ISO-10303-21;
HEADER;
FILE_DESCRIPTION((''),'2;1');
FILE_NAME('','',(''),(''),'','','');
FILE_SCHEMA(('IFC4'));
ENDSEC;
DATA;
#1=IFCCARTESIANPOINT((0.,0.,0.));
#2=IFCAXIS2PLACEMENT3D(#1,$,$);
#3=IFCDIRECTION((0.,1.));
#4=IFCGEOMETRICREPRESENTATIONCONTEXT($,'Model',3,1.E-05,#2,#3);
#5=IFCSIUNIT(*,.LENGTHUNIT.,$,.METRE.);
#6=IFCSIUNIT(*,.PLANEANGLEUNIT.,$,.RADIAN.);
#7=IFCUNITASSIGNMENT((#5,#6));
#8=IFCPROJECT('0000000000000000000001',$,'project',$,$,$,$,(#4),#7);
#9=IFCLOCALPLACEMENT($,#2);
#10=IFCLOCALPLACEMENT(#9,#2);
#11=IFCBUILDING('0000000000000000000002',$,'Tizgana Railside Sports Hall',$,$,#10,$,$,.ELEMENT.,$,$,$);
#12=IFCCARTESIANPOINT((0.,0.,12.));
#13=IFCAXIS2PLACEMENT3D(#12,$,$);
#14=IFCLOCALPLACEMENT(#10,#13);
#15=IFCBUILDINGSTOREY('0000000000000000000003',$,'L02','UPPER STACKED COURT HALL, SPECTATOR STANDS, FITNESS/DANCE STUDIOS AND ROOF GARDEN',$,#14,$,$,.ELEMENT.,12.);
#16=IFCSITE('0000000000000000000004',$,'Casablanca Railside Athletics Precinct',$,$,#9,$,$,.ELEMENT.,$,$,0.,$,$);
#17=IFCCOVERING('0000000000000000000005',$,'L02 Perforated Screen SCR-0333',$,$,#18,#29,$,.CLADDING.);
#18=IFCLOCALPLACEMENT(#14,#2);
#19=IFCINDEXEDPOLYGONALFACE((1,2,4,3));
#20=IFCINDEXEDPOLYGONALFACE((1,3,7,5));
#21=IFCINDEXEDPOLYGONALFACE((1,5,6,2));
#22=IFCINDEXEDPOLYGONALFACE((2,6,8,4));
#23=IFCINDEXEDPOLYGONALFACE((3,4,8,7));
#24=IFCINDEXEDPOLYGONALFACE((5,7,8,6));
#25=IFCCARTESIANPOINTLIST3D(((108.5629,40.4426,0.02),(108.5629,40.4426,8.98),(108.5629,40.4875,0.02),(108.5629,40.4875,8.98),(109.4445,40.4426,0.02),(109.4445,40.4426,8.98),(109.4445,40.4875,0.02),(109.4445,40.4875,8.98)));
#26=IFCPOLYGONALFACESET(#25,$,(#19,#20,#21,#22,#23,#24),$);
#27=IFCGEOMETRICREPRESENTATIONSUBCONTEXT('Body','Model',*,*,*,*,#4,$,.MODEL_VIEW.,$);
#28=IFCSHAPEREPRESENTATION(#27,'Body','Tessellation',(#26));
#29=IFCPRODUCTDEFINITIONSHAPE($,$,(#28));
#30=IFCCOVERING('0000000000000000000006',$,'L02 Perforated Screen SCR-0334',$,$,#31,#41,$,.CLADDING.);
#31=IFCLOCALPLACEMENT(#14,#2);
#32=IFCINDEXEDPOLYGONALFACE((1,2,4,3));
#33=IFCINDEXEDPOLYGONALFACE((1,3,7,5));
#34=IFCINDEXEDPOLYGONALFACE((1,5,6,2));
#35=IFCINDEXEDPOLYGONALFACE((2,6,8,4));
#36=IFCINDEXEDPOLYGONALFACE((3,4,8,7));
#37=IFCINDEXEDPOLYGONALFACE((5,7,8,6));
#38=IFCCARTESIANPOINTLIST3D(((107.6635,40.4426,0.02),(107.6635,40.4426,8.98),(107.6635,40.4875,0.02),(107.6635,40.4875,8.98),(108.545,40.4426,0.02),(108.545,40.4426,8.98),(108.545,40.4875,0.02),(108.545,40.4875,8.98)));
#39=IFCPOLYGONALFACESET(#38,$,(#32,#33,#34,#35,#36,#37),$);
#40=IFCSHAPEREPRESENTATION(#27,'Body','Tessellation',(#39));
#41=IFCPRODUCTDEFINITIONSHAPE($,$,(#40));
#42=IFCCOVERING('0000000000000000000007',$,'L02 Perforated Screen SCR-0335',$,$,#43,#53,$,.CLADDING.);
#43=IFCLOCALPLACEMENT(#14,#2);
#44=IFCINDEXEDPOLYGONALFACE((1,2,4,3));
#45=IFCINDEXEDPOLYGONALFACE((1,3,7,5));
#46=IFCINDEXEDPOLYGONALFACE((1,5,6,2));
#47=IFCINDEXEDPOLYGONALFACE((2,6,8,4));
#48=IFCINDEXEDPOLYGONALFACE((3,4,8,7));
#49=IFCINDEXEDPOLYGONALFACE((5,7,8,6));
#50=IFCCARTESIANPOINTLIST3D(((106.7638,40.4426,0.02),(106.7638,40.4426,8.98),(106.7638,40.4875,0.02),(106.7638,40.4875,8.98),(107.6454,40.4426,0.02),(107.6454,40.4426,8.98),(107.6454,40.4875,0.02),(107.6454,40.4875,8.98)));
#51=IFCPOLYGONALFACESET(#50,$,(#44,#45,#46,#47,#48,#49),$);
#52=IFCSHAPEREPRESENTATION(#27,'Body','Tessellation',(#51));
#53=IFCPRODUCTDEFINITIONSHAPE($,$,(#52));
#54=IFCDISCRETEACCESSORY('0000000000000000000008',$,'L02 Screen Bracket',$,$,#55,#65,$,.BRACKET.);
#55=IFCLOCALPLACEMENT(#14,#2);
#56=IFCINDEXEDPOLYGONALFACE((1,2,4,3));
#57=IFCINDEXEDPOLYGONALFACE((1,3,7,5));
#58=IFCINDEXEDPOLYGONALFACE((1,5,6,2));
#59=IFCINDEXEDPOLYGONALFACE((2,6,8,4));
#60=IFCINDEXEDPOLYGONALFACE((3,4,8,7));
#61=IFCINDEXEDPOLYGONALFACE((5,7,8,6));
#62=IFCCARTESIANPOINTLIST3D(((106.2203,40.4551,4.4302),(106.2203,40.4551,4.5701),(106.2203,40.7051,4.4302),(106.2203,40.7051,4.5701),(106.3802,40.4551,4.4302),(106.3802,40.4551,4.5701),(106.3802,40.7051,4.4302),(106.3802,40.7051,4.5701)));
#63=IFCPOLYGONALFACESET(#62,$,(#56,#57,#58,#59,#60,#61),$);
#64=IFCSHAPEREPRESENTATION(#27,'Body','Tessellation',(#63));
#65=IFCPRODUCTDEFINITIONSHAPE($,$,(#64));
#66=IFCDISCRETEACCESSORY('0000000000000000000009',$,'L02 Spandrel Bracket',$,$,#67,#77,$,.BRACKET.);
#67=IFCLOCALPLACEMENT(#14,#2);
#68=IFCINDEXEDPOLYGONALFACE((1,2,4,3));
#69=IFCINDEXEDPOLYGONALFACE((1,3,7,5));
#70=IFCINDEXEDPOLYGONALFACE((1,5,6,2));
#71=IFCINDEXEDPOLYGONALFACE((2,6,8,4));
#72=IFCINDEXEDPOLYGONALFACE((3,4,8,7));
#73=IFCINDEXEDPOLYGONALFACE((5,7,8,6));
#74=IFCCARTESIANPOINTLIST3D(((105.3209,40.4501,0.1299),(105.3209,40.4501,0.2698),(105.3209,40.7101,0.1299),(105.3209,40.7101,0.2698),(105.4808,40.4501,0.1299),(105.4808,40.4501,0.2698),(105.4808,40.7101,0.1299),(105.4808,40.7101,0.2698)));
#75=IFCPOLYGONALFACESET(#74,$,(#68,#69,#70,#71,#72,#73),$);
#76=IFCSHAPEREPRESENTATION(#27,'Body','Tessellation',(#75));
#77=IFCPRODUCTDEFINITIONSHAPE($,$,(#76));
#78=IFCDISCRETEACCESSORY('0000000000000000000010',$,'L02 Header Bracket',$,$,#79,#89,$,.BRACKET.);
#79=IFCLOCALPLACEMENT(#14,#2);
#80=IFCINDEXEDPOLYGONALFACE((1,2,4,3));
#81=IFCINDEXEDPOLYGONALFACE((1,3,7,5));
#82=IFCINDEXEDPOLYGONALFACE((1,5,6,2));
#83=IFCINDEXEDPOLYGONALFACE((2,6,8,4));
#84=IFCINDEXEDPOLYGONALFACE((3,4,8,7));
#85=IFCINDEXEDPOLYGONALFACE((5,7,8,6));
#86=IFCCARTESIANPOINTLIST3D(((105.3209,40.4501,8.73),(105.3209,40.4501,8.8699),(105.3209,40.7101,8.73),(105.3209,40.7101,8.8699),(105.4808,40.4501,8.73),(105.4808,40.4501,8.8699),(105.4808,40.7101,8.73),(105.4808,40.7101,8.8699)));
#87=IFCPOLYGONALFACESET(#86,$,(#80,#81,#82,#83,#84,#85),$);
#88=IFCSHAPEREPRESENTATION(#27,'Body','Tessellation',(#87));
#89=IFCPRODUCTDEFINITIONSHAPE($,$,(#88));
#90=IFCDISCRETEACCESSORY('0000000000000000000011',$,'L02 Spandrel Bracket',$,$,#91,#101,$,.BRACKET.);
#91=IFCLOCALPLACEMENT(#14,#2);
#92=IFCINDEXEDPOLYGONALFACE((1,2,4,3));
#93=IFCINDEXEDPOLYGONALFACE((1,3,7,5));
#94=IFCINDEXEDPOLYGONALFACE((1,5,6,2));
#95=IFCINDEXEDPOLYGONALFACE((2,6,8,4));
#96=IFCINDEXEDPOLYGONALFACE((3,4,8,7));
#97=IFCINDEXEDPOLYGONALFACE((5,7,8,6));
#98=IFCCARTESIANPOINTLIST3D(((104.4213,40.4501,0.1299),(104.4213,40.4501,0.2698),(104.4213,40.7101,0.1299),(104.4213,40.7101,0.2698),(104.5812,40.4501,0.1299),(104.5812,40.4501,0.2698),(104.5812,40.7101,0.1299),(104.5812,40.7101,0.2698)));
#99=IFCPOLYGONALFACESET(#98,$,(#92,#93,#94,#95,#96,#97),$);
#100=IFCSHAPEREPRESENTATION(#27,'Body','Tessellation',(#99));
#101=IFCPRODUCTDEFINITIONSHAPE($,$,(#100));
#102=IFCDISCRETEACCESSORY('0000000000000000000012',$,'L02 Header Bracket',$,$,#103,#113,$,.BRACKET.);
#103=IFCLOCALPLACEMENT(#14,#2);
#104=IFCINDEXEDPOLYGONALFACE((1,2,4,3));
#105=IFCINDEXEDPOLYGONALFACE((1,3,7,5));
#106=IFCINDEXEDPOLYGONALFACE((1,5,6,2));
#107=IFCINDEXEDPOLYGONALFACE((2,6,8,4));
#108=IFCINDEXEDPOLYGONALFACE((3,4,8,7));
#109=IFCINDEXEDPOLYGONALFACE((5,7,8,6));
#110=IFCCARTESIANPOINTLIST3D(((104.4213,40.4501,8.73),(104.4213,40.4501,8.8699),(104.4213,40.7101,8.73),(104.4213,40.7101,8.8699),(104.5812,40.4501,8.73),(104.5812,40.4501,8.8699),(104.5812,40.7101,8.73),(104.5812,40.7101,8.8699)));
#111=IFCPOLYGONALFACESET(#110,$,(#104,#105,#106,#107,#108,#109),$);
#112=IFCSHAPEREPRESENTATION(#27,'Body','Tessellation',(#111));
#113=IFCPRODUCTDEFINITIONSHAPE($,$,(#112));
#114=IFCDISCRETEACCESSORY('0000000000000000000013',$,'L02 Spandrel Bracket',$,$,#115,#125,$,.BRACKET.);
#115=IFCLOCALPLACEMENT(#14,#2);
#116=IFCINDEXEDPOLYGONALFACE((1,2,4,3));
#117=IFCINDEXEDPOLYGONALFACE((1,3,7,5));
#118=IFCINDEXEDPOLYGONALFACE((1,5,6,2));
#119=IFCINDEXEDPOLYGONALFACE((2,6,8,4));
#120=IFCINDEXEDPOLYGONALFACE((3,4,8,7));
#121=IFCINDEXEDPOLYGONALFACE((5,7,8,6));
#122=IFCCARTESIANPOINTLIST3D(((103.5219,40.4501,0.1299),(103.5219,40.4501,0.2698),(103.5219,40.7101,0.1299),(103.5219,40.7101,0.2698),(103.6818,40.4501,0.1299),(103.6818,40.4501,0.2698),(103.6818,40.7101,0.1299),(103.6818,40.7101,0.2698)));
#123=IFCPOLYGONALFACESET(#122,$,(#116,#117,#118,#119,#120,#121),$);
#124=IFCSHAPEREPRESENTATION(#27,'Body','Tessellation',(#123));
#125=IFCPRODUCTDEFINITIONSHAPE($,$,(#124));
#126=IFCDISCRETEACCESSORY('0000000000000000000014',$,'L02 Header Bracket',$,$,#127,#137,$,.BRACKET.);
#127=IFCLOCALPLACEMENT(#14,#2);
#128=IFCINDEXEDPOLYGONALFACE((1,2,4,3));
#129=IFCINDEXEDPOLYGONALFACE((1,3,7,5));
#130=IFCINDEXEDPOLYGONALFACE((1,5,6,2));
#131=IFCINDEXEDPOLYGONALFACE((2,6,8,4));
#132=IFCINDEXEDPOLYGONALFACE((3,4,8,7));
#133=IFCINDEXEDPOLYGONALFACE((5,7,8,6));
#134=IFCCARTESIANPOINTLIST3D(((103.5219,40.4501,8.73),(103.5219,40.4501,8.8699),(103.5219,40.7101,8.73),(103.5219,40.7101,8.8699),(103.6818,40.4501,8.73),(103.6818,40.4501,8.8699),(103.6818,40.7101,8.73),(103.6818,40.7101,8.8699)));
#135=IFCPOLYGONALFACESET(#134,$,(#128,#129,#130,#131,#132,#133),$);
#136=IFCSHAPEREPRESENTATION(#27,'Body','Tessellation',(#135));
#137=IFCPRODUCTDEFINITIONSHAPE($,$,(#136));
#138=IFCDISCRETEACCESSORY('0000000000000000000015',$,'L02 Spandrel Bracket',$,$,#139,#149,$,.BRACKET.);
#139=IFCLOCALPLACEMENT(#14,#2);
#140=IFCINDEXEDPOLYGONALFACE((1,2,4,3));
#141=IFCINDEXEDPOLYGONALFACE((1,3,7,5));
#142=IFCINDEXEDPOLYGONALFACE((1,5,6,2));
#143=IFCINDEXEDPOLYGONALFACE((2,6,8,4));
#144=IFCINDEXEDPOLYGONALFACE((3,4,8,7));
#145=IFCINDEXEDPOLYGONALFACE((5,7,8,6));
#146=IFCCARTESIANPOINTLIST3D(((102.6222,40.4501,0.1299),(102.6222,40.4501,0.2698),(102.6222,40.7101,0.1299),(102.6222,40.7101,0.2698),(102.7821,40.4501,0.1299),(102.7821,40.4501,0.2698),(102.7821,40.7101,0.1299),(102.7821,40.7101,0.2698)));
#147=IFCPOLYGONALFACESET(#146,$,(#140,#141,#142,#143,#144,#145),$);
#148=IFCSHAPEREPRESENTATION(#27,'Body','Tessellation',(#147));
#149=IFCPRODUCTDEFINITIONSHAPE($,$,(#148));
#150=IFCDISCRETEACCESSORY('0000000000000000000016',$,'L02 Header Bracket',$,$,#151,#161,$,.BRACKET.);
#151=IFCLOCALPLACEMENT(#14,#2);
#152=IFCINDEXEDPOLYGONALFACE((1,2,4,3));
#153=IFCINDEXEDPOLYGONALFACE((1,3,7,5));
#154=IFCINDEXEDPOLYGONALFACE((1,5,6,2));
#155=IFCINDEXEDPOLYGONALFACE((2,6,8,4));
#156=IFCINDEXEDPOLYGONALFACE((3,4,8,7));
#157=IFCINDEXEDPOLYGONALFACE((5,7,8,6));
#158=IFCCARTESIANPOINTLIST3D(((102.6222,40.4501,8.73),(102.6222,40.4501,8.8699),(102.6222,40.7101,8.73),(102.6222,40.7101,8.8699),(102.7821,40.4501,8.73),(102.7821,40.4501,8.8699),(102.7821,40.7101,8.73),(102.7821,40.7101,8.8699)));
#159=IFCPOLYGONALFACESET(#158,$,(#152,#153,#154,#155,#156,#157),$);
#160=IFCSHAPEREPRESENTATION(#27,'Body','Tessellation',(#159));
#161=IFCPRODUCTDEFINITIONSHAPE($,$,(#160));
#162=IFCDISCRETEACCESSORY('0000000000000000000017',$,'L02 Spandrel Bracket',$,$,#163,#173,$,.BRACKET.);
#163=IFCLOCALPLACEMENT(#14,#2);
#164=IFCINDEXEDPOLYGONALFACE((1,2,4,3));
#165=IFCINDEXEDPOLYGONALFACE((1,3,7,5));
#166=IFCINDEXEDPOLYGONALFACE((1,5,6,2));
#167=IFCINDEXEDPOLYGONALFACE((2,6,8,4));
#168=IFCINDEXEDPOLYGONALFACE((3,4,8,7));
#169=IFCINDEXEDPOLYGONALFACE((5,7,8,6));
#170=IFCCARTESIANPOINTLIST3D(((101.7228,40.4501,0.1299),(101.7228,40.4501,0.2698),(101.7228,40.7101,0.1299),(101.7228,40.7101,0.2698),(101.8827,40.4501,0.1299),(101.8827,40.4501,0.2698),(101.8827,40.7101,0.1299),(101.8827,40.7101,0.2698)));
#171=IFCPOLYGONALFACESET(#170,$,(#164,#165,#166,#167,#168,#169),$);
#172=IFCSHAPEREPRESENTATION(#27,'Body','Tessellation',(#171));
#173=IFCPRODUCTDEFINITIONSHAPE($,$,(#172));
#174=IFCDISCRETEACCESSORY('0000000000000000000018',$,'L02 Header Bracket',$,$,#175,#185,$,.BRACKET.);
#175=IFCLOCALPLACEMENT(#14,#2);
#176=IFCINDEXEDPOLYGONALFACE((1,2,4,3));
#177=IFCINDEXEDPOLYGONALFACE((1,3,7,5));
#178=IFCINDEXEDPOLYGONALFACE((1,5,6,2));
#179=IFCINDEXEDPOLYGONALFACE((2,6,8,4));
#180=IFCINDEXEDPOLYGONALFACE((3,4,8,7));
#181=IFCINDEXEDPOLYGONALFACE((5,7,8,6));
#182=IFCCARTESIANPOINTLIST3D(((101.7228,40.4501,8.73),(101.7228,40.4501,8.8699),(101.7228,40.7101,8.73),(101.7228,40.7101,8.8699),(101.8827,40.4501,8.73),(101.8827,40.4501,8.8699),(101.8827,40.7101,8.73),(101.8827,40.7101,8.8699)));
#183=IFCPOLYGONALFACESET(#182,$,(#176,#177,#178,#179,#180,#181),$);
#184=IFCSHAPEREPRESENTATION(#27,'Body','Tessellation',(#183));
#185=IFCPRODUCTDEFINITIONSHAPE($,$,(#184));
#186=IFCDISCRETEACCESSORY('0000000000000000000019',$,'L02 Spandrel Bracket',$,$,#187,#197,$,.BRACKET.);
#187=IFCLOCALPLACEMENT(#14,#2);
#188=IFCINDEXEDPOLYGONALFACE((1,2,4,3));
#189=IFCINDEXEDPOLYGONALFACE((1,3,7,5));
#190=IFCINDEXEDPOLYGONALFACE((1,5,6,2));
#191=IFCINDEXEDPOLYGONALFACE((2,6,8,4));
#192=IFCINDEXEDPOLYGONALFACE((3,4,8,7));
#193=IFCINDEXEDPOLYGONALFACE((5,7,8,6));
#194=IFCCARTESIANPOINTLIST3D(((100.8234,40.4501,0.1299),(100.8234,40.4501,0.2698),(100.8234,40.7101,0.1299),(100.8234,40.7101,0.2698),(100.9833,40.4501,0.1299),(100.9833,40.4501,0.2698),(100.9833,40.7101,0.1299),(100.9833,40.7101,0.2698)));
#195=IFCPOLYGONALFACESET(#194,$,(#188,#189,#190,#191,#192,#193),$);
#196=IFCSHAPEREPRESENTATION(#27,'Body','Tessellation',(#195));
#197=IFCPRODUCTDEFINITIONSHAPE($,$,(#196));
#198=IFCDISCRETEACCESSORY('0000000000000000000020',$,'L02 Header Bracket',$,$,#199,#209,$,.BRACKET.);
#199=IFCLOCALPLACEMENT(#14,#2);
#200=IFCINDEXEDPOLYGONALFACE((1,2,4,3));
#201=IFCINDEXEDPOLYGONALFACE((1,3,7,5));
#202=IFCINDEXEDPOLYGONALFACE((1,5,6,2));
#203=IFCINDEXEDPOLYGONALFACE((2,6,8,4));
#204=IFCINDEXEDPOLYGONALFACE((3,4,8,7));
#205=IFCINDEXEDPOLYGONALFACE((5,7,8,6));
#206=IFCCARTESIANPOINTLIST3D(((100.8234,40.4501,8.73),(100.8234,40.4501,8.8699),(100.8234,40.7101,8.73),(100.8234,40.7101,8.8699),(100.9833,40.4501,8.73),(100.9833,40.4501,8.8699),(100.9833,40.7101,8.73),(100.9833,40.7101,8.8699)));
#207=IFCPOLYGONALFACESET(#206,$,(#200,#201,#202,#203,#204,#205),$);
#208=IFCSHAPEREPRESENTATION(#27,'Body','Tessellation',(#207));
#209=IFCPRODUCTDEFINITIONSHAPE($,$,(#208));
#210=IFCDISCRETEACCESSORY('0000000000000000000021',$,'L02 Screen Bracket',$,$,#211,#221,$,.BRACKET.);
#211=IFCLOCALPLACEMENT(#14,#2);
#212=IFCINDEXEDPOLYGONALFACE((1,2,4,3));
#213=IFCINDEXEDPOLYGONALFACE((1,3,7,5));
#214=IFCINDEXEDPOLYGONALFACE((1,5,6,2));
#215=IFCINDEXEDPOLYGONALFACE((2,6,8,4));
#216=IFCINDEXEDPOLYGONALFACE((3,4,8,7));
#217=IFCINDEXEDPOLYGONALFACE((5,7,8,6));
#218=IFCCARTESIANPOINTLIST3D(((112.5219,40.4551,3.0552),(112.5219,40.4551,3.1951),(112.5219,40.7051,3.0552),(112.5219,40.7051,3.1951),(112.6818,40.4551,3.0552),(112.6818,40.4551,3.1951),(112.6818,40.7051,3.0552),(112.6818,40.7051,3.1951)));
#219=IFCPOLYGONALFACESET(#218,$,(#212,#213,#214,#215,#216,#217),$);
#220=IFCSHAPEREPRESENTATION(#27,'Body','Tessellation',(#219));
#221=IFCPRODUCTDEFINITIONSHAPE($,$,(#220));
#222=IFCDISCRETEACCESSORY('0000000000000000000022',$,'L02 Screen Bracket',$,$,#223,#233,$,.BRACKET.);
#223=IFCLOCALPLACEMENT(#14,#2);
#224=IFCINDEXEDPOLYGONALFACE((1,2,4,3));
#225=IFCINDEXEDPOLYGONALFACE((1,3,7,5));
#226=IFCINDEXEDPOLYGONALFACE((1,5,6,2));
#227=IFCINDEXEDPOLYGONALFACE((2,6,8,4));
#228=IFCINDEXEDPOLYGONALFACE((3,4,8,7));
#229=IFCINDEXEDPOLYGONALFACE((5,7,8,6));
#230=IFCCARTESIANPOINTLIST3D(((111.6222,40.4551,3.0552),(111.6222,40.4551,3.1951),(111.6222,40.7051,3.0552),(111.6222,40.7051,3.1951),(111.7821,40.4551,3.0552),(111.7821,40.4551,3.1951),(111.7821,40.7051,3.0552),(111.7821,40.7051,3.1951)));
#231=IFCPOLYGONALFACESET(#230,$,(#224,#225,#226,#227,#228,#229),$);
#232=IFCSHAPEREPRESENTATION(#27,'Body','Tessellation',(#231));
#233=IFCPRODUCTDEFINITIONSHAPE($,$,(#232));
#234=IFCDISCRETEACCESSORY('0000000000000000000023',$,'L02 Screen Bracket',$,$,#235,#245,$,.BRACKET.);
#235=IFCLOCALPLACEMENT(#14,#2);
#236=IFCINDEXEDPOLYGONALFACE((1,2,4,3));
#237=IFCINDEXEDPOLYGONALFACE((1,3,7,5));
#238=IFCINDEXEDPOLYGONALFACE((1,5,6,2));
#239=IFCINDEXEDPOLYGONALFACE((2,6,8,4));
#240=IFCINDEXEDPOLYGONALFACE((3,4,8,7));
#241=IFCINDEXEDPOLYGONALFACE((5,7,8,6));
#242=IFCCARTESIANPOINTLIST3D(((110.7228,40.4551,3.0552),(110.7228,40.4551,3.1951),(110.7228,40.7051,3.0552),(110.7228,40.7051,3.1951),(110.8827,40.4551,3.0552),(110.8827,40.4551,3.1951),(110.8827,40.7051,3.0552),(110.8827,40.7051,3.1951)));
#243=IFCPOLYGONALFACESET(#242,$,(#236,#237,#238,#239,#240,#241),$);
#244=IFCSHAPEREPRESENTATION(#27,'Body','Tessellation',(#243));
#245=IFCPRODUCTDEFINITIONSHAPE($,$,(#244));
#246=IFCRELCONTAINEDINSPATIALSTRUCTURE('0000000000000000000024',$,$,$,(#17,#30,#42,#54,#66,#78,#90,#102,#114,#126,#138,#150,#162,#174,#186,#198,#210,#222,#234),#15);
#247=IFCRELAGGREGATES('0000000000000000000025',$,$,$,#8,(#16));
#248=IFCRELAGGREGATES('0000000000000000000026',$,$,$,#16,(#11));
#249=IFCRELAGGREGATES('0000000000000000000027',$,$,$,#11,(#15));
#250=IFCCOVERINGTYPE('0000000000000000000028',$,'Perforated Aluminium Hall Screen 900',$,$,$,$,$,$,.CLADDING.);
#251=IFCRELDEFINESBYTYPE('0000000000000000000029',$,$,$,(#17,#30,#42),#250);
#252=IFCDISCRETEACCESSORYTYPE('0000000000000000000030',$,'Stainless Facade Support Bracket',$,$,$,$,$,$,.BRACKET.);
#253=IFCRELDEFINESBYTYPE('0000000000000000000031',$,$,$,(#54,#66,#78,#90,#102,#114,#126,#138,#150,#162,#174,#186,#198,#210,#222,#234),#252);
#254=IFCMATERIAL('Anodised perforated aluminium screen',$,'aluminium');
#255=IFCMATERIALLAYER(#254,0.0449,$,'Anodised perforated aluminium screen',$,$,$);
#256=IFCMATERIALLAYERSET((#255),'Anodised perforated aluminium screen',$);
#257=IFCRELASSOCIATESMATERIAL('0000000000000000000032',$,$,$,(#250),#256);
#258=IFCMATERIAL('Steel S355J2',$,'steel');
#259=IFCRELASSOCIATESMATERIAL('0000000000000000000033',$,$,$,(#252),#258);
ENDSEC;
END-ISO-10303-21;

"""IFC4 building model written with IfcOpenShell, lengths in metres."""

from ifc_helpers import new_model, si_unit, direction, frame, origin, origin_2d, place, context, subcontext, project, spatial, rectangle, extrude, material, layer, layer_set, type_object, element, save


model = new_model("IFC4")

# Units and contexts
model_context = context("Model", 3, precision=1e-05, world=origin(), true_north=direction((0.0, 1.0)))
body_context = subcontext(model_context, "Body", "Model", "MODEL_VIEW")
ifc_project = project(units=[si_unit("LENGTHUNIT", "METRE"), si_unit("PLANEANGLEUNIT", "RADIAN")], contexts=[model_context])

# Site, building, storey
site_placement = place(None, origin())
site = spatial("IfcSite", under=ifc_project, at=site_placement, Name="Casablanca Railside Athletics Precinct", CompositionType="ELEMENT", RefElevation=0.0)
building_placement = place(site_placement, origin())
building = spatial("IfcBuilding", under=site, at=building_placement, Name="Tizgana Railside Sports Hall", CompositionType="ELEMENT")
storey_placement = place(building_placement, frame((0.0, 0.0, 12.0)))
storey = spatial("IfcBuildingStorey", under=building, at=storey_placement, Name="L02", Description="UPPER STACKED COURT HALL, SPECTATOR STANDS, FITNESS/DANCE STUDIOS AND ROOF GARDEN", CompositionType="ELEMENT", Elevation=12.0)

# Coverings
ifc_material_1 = material(Name="Anodised perforated aluminium screen", Category="aluminium")
ifc_layer = layer(ifc_material_1, 0.0449, Name="Anodised perforated aluminium screen")
ifc_layer_set = layer_set([ifc_layer], Name="Anodised perforated aluminium screen")
covering_type = type_object("IfcCoveringType", Name="Perforated Aluminium Hall Screen 900", PredefinedType="CLADDING", material=ifc_layer_set)
for number, where, z_axis, x_axis, name in (
    (1, (109.0037, 40.4651, 0.02), (0.0, 0.0, 1.0), (-1.0, 0.0, 0.0), "L02 Perforated Screen SCR-0333"),
    (2, (108.1042, 40.4651, 0.02), (0.0, 0.0, 1.0), (-1.0, 0.0, 0.0), "L02 Perforated Screen SCR-0334"),
    (3, (107.2046, 40.4651, 0.02), (0.0, 0.0, 1.0), (-1.0, 0.0, 0.0), "L02 Perforated Screen SCR-0335"),
):
    element("IfcCovering", number, at=place(storey_placement, frame(where, z_axis=z_axis, x_axis=x_axis)), inside=storey, type_object=covering_type, Name=name, PredefinedType="CLADDING", context=body_context, shape_type="SweptSolid", body=[
        extrude(rectangle(XDim=0.8816, YDim=0.0449, at=origin_2d()), origin(), (0.0, 0.0, 1.0), 8.96),
    ])

# Discrete accessories
ifc_material_2 = material(Name="Steel S355J2", Category="steel")
discrete_accessory_type = type_object("IfcDiscreteAccessoryType", Name="Stainless Facade Support Bracket", PredefinedType="BRACKET", material=ifc_material_2)
discrete_accessory_placement = place(storey_placement, frame((106.3003, 40.5801, 4.4302), z_axis=(0.0, 0.0, 1.0), x_axis=(-1.0, 0.0, 0.0)))
element("IfcDiscreteAccessory", 4, at=discrete_accessory_placement, inside=storey, type_object=discrete_accessory_type, Name="L02 Screen Bracket", PredefinedType="BRACKET", context=body_context, shape_type="SweptSolid", body=[
    extrude(rectangle(XDim=0.1599, YDim=0.25, at=origin_2d()), origin(), (0.0, 0.0, 1.0), 0.1399),
])
for number, where, z_axis, x_axis, name in (
    (5, (105.4009, 40.5801, 0.1299), (0.0, 0.0, 1.0), (-1.0, 0.0, 0.0), "L02 Spandrel Bracket"),
    (6, (105.4009, 40.5801, 8.73), (0.0, 0.0, 1.0), (-1.0, 0.0, 0.0), "L02 Header Bracket"),
    (7, (104.5012, 40.5801, 0.1299), (0.0, 0.0, 1.0), (-1.0, 0.0, 0.0), "L02 Spandrel Bracket"),
    (8, (104.5012, 40.5801, 8.73), (0.0, 0.0, 1.0), (-1.0, 0.0, 0.0), "L02 Header Bracket"),
    (9, (103.6018, 40.5801, 0.1299), (0.0, 0.0, 1.0), (-1.0, 0.0, 0.0), "L02 Spandrel Bracket"),
    (10, (103.6018, 40.5801, 8.73), (0.0, 0.0, 1.0), (-1.0, 0.0, 0.0), "L02 Header Bracket"),
    (11, (102.7021, 40.5801, 0.1299), (0.0, 0.0, 1.0), (-1.0, 0.0, 0.0), "L02 Spandrel Bracket"),
    (12, (102.7021, 40.5801, 8.73), (0.0, 0.0, 1.0), (-1.0, 0.0, 0.0), "L02 Header Bracket"),
    (13, (101.8027, 40.5801, 0.1299), (0.0, 0.0, 1.0), (-1.0, 0.0, 0.0), "L02 Spandrel Bracket"),
    (14, (101.8027, 40.5801, 8.73), (0.0, 0.0, 1.0), (-1.0, 0.0, 0.0), "L02 Header Bracket"),
    (15, (100.9033, 40.5801, 0.1299), (0.0, 0.0, 1.0), (-1.0, 0.0, 0.0), "L02 Spandrel Bracket"),
    (16, (100.9033, 40.5801, 8.73), (0.0, 0.0, 1.0), (-1.0, 0.0, 0.0), "L02 Header Bracket"),
):
    element("IfcDiscreteAccessory", number, at=place(storey_placement, frame(where, z_axis=z_axis, x_axis=x_axis)), inside=storey, type_object=discrete_accessory_type, Name=name, PredefinedType="BRACKET", context=body_context, shape_type="SweptSolid", body=[
        extrude(rectangle(XDim=0.1599, YDim=0.26, at=origin_2d()), origin(), (0.0, 0.0, 1.0), 0.1399),
    ])
for number, where, z_axis, x_axis, name in (
    (17, (112.6018, 40.5801, 3.0552), (0.0, 0.0, 1.0), (-1.0, 0.0, 0.0), "L02 Screen Bracket"),
    (18, (111.7021, 40.5801, 3.0552), (0.0, 0.0, 1.0), (-1.0, 0.0, 0.0), "L02 Screen Bracket"),
    (19, (110.8027, 40.5801, 3.0552), (0.0, 0.0, 1.0), (-1.0, 0.0, 0.0), "L02 Screen Bracket"),
):
    element("IfcDiscreteAccessory", number, at=place(storey_placement, frame(where, z_axis=z_axis, x_axis=x_axis)), inside=storey, type_object=discrete_accessory_type, Name=name, PredefinedType="BRACKET", context=body_context, shape_type="SweptSolid", body=[
        extrude(rectangle(XDim=0.1599, YDim=0.25, at=origin_2d()), origin(), (0.0, 0.0, 1.0), 0.1399),
    ])

save(model, "model.ifc")
